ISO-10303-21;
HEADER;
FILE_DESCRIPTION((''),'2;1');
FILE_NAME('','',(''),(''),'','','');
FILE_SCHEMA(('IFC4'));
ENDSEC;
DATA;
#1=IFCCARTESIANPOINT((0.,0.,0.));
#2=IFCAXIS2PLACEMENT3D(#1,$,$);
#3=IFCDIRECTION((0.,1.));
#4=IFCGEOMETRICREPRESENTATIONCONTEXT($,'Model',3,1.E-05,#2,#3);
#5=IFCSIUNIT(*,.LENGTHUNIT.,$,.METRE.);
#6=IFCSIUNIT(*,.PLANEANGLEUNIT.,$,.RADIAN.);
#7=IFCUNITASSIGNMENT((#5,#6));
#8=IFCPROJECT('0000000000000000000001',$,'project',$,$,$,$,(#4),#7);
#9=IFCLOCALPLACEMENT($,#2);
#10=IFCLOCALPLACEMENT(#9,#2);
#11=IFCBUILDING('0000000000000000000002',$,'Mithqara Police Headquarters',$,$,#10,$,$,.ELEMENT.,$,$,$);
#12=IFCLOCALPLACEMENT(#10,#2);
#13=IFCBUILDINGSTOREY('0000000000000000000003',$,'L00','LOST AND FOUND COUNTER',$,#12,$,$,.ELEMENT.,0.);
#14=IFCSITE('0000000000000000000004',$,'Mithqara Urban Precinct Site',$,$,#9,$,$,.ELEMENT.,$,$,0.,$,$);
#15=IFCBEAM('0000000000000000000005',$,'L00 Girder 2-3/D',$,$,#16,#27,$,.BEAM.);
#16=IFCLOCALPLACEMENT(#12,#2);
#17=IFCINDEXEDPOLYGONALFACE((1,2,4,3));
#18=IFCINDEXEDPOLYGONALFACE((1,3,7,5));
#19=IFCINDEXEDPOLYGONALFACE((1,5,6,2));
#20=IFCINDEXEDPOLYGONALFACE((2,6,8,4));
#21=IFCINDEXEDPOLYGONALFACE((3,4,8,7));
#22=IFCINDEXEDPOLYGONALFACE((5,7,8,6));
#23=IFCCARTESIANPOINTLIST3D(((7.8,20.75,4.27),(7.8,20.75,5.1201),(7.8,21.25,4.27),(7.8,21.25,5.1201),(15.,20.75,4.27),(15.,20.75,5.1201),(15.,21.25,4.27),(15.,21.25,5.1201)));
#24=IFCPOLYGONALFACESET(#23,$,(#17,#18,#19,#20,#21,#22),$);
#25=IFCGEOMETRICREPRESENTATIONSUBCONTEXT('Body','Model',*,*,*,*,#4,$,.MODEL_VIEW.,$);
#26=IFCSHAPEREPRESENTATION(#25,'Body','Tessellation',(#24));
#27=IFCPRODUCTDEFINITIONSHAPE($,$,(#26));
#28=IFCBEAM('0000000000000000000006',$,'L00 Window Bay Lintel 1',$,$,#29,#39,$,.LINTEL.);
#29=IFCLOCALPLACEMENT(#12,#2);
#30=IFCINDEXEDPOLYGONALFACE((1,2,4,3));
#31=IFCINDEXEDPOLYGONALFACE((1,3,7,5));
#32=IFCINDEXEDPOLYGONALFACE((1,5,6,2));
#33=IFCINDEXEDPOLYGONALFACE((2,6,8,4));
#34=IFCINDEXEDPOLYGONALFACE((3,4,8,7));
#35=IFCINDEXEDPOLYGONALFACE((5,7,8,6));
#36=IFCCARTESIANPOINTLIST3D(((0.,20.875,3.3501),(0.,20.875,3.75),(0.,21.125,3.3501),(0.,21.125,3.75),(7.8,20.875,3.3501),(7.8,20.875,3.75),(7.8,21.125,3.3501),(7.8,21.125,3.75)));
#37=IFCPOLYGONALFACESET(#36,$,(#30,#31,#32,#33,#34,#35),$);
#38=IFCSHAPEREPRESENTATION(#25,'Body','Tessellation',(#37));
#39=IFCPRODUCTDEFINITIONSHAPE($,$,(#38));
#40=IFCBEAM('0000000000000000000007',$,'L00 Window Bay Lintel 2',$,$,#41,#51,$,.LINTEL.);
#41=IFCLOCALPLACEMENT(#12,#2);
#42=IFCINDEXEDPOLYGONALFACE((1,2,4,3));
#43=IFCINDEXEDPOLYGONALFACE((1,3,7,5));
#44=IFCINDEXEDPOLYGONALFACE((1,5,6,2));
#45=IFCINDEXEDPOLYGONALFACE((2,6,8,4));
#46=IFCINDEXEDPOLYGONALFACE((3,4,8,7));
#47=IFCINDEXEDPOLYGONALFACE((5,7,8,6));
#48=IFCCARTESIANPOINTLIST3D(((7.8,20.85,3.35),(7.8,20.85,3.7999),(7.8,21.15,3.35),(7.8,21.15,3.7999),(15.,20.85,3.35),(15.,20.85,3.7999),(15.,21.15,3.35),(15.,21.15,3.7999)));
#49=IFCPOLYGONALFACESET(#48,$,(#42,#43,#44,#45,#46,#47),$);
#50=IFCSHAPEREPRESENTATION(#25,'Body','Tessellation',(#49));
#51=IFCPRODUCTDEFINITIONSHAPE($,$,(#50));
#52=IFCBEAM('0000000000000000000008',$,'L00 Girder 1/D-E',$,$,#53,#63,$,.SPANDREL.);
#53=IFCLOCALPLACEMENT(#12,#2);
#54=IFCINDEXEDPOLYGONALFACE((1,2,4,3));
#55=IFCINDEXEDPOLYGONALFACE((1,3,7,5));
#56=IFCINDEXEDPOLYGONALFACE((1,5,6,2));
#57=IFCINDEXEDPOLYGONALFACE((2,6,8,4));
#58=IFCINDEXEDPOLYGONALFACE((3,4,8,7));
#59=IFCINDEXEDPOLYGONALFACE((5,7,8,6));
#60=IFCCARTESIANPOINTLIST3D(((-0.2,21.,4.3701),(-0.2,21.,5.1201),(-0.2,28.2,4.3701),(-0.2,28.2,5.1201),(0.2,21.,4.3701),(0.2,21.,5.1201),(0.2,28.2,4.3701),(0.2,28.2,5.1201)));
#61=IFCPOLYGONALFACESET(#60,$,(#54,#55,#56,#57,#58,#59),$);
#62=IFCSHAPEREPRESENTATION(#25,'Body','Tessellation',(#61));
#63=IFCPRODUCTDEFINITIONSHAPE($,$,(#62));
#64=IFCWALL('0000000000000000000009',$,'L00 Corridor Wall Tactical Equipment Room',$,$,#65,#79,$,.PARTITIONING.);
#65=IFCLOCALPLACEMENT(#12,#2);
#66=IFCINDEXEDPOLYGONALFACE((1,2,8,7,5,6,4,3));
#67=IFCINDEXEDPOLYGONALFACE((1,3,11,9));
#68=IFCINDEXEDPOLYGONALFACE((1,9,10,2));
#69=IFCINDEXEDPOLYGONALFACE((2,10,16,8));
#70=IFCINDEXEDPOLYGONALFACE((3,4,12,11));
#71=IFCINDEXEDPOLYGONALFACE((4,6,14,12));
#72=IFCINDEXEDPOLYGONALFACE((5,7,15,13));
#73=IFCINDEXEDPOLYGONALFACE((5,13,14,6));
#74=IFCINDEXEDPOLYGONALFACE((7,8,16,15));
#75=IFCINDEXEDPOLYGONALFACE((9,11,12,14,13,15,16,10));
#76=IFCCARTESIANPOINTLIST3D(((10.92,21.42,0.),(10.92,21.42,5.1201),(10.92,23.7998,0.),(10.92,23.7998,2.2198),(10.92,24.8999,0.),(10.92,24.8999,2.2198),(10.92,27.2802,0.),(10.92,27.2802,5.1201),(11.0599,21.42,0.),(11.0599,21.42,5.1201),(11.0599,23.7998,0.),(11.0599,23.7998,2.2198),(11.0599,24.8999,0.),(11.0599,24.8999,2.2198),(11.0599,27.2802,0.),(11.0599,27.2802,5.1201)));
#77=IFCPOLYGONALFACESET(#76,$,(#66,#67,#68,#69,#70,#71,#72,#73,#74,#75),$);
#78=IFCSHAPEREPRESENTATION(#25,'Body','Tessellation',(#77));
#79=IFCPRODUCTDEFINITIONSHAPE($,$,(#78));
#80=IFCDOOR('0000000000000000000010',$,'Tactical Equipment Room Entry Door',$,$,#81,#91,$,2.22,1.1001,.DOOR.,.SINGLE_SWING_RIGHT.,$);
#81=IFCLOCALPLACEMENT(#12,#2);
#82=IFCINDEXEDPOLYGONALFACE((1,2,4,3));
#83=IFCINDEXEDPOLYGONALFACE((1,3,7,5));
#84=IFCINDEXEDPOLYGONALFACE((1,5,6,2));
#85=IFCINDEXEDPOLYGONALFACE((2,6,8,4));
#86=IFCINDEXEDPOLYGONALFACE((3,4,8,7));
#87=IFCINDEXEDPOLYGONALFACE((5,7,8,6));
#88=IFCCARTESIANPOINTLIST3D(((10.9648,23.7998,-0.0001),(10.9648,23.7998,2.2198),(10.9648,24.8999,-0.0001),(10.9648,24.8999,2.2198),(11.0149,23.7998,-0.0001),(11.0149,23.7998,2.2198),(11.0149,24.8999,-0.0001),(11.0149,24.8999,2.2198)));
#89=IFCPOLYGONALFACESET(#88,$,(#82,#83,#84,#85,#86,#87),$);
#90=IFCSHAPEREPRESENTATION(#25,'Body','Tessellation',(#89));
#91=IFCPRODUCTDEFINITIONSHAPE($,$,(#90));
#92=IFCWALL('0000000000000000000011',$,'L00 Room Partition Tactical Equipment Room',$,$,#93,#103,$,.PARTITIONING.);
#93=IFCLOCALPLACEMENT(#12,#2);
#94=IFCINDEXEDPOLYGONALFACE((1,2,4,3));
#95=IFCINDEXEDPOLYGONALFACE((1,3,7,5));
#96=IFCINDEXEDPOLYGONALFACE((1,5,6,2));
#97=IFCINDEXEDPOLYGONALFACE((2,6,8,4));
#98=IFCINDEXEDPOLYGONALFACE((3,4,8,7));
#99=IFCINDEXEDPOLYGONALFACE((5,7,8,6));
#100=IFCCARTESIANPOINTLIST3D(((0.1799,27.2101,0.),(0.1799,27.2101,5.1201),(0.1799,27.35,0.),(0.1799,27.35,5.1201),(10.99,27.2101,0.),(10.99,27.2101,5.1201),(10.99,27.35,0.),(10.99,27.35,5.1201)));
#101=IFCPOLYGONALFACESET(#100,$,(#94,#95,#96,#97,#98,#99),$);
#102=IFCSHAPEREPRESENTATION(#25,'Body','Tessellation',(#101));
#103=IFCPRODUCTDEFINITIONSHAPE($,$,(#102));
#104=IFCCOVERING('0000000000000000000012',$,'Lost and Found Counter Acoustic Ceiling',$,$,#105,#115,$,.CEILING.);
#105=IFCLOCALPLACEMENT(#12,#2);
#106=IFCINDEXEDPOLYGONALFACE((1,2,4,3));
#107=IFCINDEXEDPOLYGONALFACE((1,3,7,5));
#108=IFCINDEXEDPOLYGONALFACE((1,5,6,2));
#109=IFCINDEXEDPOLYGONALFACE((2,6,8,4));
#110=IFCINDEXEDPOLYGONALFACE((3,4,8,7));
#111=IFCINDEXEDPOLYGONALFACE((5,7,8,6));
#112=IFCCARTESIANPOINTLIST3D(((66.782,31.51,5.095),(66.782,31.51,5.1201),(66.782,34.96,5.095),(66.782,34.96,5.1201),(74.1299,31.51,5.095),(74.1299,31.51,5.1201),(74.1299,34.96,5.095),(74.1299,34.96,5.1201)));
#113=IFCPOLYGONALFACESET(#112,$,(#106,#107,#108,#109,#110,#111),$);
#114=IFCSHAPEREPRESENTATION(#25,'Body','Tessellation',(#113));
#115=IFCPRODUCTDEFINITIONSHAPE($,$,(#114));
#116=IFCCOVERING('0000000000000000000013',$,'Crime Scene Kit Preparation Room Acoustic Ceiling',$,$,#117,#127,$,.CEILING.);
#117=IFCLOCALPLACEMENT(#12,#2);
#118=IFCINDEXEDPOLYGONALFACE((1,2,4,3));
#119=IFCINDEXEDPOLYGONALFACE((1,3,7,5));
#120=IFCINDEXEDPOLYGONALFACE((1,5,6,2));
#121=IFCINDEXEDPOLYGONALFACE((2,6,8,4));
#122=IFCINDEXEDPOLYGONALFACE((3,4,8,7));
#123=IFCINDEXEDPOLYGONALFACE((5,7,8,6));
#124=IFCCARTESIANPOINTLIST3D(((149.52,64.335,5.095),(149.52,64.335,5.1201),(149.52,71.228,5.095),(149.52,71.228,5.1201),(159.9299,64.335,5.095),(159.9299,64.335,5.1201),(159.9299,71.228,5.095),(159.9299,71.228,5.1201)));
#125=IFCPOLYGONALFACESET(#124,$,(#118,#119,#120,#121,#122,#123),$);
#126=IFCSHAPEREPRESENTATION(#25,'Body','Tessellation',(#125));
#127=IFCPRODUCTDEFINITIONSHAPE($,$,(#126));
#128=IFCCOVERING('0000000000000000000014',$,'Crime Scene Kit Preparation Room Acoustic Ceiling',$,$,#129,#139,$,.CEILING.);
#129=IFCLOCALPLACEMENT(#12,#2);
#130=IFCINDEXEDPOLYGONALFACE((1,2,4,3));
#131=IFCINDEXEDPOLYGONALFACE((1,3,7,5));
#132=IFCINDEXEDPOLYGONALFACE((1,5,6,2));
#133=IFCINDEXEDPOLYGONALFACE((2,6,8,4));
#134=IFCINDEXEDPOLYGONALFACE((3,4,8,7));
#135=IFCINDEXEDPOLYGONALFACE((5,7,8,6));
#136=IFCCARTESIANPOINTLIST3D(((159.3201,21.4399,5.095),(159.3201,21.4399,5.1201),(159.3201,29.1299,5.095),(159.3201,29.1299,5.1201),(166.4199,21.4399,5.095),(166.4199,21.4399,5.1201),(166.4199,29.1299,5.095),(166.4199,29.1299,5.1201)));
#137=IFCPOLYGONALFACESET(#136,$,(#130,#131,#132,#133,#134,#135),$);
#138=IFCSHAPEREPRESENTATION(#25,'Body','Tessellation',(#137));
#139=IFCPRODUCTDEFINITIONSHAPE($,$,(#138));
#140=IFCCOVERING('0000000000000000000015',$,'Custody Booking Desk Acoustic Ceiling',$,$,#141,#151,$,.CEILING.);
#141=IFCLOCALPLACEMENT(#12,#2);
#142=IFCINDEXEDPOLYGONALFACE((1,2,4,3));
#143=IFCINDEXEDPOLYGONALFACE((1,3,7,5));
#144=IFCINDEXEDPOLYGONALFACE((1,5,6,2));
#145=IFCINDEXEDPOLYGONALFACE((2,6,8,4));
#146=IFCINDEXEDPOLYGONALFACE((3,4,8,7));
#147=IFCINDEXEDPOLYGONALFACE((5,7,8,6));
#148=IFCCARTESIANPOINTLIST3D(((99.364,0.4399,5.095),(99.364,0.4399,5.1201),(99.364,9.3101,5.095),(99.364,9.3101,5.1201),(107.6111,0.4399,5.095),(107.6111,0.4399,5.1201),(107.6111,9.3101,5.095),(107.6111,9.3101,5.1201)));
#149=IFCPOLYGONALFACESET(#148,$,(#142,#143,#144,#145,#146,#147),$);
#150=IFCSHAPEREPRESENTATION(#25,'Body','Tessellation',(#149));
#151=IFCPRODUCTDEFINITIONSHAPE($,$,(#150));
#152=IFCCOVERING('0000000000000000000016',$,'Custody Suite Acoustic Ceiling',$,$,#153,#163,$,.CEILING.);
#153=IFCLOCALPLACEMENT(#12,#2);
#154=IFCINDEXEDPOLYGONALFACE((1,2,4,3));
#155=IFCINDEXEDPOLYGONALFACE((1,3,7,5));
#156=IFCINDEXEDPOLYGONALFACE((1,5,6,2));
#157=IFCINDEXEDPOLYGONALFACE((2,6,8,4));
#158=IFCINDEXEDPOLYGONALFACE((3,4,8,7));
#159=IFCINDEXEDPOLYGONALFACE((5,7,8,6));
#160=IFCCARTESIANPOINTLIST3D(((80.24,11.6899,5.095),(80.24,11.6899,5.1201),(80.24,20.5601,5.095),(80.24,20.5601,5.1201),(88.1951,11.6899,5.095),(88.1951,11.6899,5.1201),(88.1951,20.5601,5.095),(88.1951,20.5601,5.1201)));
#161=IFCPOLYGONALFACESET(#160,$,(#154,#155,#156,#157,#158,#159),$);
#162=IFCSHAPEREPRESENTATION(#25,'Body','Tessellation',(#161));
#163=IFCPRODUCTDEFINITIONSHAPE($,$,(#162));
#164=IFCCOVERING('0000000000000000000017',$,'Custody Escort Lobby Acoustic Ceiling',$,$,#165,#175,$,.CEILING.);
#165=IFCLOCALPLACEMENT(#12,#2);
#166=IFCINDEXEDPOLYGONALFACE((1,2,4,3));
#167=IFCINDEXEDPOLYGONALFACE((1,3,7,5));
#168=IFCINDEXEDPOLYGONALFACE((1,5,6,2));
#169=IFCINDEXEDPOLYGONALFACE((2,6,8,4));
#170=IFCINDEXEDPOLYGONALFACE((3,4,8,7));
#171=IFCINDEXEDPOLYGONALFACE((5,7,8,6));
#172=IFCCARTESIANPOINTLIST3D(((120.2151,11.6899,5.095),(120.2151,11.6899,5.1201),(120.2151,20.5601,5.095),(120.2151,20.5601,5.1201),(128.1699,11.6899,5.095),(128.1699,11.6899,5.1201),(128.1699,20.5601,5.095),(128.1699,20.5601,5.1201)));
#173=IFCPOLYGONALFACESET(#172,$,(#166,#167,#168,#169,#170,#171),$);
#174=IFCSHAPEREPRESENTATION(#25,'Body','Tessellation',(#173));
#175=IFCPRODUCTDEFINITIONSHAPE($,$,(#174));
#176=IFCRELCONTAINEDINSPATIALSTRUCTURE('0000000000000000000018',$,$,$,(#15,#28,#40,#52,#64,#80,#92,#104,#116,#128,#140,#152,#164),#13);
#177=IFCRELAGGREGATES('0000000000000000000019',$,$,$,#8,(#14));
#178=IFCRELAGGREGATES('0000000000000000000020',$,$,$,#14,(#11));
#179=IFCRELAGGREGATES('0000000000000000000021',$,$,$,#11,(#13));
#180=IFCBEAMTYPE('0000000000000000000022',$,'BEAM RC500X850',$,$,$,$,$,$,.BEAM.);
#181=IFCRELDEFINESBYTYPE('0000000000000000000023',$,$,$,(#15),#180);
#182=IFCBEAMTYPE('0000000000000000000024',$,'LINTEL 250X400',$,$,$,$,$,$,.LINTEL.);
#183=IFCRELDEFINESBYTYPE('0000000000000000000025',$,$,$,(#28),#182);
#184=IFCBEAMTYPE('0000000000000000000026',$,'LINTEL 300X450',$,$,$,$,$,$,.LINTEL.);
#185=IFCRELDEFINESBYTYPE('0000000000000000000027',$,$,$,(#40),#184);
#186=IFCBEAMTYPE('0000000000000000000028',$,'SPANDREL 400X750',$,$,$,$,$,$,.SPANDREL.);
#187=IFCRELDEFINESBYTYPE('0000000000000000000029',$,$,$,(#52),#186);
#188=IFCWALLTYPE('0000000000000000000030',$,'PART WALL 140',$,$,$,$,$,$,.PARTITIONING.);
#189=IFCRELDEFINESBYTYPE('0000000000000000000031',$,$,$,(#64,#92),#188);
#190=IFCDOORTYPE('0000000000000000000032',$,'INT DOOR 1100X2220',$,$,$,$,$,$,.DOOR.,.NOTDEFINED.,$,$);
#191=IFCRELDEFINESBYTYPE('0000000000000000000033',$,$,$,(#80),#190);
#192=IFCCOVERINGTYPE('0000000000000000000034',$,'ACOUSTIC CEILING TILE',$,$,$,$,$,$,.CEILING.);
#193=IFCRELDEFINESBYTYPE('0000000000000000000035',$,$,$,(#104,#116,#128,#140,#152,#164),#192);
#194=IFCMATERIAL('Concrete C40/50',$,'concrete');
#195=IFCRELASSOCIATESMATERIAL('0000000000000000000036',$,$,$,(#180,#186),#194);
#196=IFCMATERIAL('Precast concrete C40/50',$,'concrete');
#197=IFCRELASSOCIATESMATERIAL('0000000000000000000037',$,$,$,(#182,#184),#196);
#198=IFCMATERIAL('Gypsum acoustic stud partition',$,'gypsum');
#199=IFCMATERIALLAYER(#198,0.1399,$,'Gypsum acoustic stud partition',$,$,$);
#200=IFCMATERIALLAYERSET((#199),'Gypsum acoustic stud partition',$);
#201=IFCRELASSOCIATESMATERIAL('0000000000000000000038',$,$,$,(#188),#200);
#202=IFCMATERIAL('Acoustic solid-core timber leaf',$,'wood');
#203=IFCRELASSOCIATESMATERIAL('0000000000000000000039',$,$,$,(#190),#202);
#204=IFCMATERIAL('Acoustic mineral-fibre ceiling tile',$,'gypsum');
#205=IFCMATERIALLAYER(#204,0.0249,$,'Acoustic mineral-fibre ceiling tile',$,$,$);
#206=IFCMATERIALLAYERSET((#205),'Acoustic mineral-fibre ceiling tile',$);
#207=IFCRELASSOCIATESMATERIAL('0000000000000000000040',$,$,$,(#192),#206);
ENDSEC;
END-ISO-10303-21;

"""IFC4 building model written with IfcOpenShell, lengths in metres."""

from ifc_helpers import new_model, si_unit, direction, frame, frame_2d, origin, origin_2d, place, context, subcontext, project, spatial, polyline, rectangle, outline, extrude, material, layer, layer_set, material_profile, profile_set, type_object, element, fill, save


model = new_model("IFC4")

# Units and contexts
model_context = context("Model", 3, precision=1e-05, world=origin(), true_north=direction((0.0, 1.0)))
body_context = subcontext(model_context, "Body", "Model", "MODEL_VIEW")
ifc_project = project(units=[si_unit("LENGTHUNIT", "METRE"), si_unit("PLANEANGLEUNIT", "RADIAN")], contexts=[model_context])

# Site, building, storey
site_placement = place(None, origin())
site = spatial("IfcSite", under=ifc_project, at=site_placement, Name="Mithqara Urban Precinct Site", CompositionType="ELEMENT", RefElevation=0.0)
building_placement = place(site_placement, origin())
building = spatial("IfcBuilding", under=site, at=building_placement, Name="Mithqara Police Headquarters", CompositionType="ELEMENT")
storey_placement = place(building_placement, origin())
storey = spatial("IfcBuildingStorey", under=building, at=storey_placement, Name="L00", Description="LOST AND FOUND COUNTER", CompositionType="ELEMENT", Elevation=0.0)

# Shared definitions
ifc_material_1 = material(Name="Concrete C40/50", Category="concrete")

# Beams
ifc_material_profile_1 = material_profile(ifc_material_1, rectangle(XDim=0.5, YDim=0.8501, at=origin_2d()), Name="RC 500x850")
ifc_profile_set_1 = profile_set([ifc_material_profile_1], Name="Concrete C40/50")
beam_type_1 = type_object("IfcBeamType", Name="BEAM RC500X850", PredefinedType="BEAM", material=ifc_profile_set_1)
beam_1_placement = place(storey_placement, frame((7.8, 21.0, 4.6951), z_axis=(1.0, 0.0, 0.0), x_axis=(0.0, 1.0, 0.0)))
element("IfcBeam", 1, at=beam_1_placement, inside=storey, type_object=beam_type_1, Name="L00 Girder 2-3/D", PredefinedType="BEAM", context=body_context, shape_type="SweptSolid", body=[
    extrude(rectangle(XDim=0.5, YDim=0.8501, at=origin_2d()), origin(), (0.0, 0.0, 1.0), 7.2),
])
ifc_material_2 = material(Name="Precast concrete C40/50", Category="concrete")
ifc_material_profile_2 = material_profile(ifc_material_2, rectangle(XDim=0.25, YDim=0.3999, at=origin_2d()), Name="LIN 250x400")
ifc_profile_set_2 = profile_set([ifc_material_profile_2], Name="Precast concrete C40/50")
beam_type_2 = type_object("IfcBeamType", Name="LINTEL 250X400", PredefinedType="LINTEL", material=ifc_profile_set_2)
beam_2_placement = place(storey_placement, frame((0.0, 21.0, 3.55), z_axis=(1.0, 0.0, 0.0), x_axis=(0.0, 1.0, 0.0)))
element("IfcBeam", 2, at=beam_2_placement, inside=storey, type_object=beam_type_2, Name="L00 Window Bay Lintel 1", PredefinedType="LINTEL", context=body_context, shape_type="SweptSolid", body=[
    extrude(rectangle(XDim=0.25, YDim=0.3999, at=origin_2d()), origin(), (0.0, 0.0, 1.0), 7.8),
])
ifc_material_profile_3 = material_profile(ifc_material_2, rectangle(XDim=0.3, YDim=0.45, at=origin_2d()), Name="LIN 300x450")
ifc_profile_set_3 = profile_set([ifc_material_profile_3], Name="Precast concrete C40/50")
beam_type_3 = type_object("IfcBeamType", Name="LINTEL 300X450", PredefinedType="LINTEL", material=ifc_profile_set_3)
beam_3_placement = place(storey_placement, frame((7.8, 21.0, 3.575), z_axis=(1.0, 0.0, 0.0), x_axis=(0.0, 1.0, 0.0)))
element("IfcBeam", 3, at=beam_3_placement, inside=storey, type_object=beam_type_3, Name="L00 Window Bay Lintel 2", PredefinedType="LINTEL", context=body_context, shape_type="SweptSolid", body=[
    extrude(rectangle(XDim=0.3, YDim=0.45, at=origin_2d()), origin(), (0.0, 0.0, 1.0), 7.2),
])
ifc_material_profile_4 = material_profile(ifc_material_1, rectangle(XDim=0.3999, YDim=0.75, at=origin_2d()), Name="SPB 400x750")
ifc_profile_set_4 = profile_set([ifc_material_profile_4], Name="Concrete C40/50")
beam_type_4 = type_object("IfcBeamType", Name="SPANDREL 400X750", PredefinedType="SPANDREL", material=ifc_profile_set_4)
beam_4_placement = place(storey_placement, frame((0.0, 21.0, 4.7451), z_axis=(0.0, 1.0, 0.0), x_axis=(-1.0, 0.0, 0.0)))
element("IfcBeam", 4, at=beam_4_placement, inside=storey, type_object=beam_type_4, Name="L00 Girder 1/D-E", PredefinedType="SPANDREL", context=body_context, shape_type="SweptSolid", body=[
    extrude(rectangle(XDim=0.3999, YDim=0.75, at=origin_2d()), origin(), (0.0, 0.0, 1.0), 7.2),
])

# Wall, opening, door
ifc_material_3 = material(Name="Gypsum acoustic stud partition", Category="gypsum")
ifc_layer_1 = layer(ifc_material_3, 0.1399, Name="Gypsum acoustic stud partition")
ifc_layer_set_1 = layer_set([ifc_layer_1], Name="Gypsum acoustic stud partition")
wall_type = type_object("IfcWallType", Name="PART WALL 140", PredefinedType="PARTITIONING", material=ifc_layer_set_1)
wall_1_placement = place(storey_placement, frame((10.99, 21.4199, 0.0), z_axis=(0.0, 0.0, 1.0), x_axis=(0.0, 1.0, 0.0)))
wall_1 = element("IfcWall", 5, at=wall_1_placement, inside=storey, type_object=wall_type, Name="L00 Corridor Wall Tactical Equipment Room", PredefinedType="PARTITIONING", context=body_context, shape_type="SweptSolid", body=[
    extrude(rectangle(XDim=5.8601, YDim=0.1399, at=frame_2d((2.9302, 0.0))), origin(), (0.0, 0.0, 1.0), 5.1201),
])
opening_placement = place(wall_1_placement, frame((2.3799, 0.0, 0.0)))
opening = element("IfcOpeningElement", 6, at=opening_placement, cuts=wall_1, PredefinedType="OPENING", context=body_context, shape_type="SweptSolid", body=[
    extrude(rectangle(XDim=1.1001, YDim=2.22, at=frame_2d((0.55, 1.1099))), frame((0.0, 0.0801, 0.0), z_axis=(0.0, -1.0, 0.0), x_axis=(1.0, 0.0, 0.0)), (0.0, 0.0, 1.0), 0.1599),
])
ifc_material_4 = material(Name="Acoustic solid-core timber leaf", Category="wood")
door_type = type_object("IfcDoorType", Name="INT DOOR 1100X2220", OperationType="NOTDEFINED", PredefinedType="DOOR", material=ifc_material_4)
door_placement = place(opening_placement, frame((1.1001, 0.0, 0.0), z_axis=(0.0, 0.0, 1.0), x_axis=(-1.0, 0.0, 0.0)))
door = element("IfcDoor", 7, at=door_placement, inside=storey, type_object=door_type, Name="Tactical Equipment Room Entry Door", OperationType="SINGLE_SWING_RIGHT", OverallHeight=2.22, OverallWidth=1.1001, PredefinedType="DOOR", context=body_context, shape_type="SweptSolid", body=[
    extrude(rectangle(XDim=1.1001, YDim=2.22, at=frame_2d((0.55, 1.1099))), frame((0.0, 0.0249, 0.0), z_axis=(0.0, -1.0, 0.0), x_axis=(1.0, 0.0, 0.0)), (0.0, 0.0, 1.0), 0.05),
])
fill(opening, door)

# Wall
wall_2_placement = place(storey_placement, frame((0.1799, 27.28, 0.0), z_axis=(0.0, 0.0, 1.0), x_axis=(1.0, 0.0, 0.0)))
element("IfcWall", 8, at=wall_2_placement, inside=storey, type_object=wall_type, Name="L00 Room Partition Tactical Equipment Room", PredefinedType="PARTITIONING", context=body_context, shape_type="SweptSolid", body=[
    extrude(rectangle(XDim=10.8101, YDim=0.1399, at=frame_2d((5.405, 0.0))), origin(), (0.0, 0.0, 1.0), 5.1201),
])

# Coverings
ifc_material_5 = material(Name="Acoustic mineral-fibre ceiling tile", Category="gypsum")
ifc_layer_2 = layer(ifc_material_5, 0.0249, Name="Acoustic mineral-fibre ceiling tile")
ifc_layer_set_2 = layer_set([ifc_layer_2], Name="Acoustic mineral-fibre ceiling tile")
covering_type_1 = type_object("IfcCoveringType", Name="ACOUSTIC CEILING TILE", PredefinedType="CEILING", material=ifc_layer_set_2)
covering_1_placement = place(storey_placement, frame((0.0, 0.0, 5.095)))
element("IfcCovering", 9, at=covering_1_placement, inside=storey, type_object=covering_type_1, Name="Lost and Found Counter Acoustic Ceiling", PredefinedType="CEILING", context=body_context, shape_type="SweptSolid", body=[
    extrude(outline(polyline([(66.782, 31.51), (74.1299, 31.51), (74.1299, 34.96), (66.782, 34.96), (66.782, 31.51)])), origin(), (0.0, 0.0, 1.0), 0.0251),
])
covering_2_placement = place(storey_placement, frame((0.0, 0.0, 5.095)))
element("IfcCovering", 10, at=covering_2_placement, inside=storey, type_object=covering_type_1, Name="Crime Scene Kit Preparation Room Acoustic Ceiling", PredefinedType="CEILING", context=body_context, shape_type="SweptSolid", body=[
    extrude(outline(polyline([(149.52, 64.335), (159.9299, 64.335), (159.9299, 71.228), (149.52, 71.228), (149.52, 64.335)])), origin(), (0.0, 0.0, 1.0), 0.0251),
])
covering_3_placement = place(storey_placement, frame((0.0, 0.0, 5.095)))
element("IfcCovering", 11, at=covering_3_placement, inside=storey, type_object=covering_type_1, Name="Crime Scene Kit Preparation Room Acoustic Ceiling", PredefinedType="CEILING", context=body_context, shape_type="SweptSolid", body=[
    extrude(outline(polyline([(159.3201, 21.4399), (166.4199, 21.4399), (166.4199, 29.1299), (159.3201, 29.1299), (159.3201, 21.4399)])), origin(), (0.0, 0.0, 1.0), 0.0251),
])
covering_4_placement = place(storey_placement, frame((0.0, 0.0, 5.095)))
element("IfcCovering", 12, at=covering_4_placement, inside=storey, type_object=covering_type_1, Name="Custody Booking Desk Acoustic Ceiling", PredefinedType="CEILING", context=body_context, shape_type="SweptSolid", body=[
    extrude(outline(polyline([(99.364, 0.4399), (107.6111, 0.4399), (107.6111, 9.3101), (99.364, 9.3101), (99.364, 0.4399)])), origin(), (0.0, 0.0, 1.0), 0.0251),
])
covering_5_placement = place(storey_placement, frame((0.0, 0.0, 5.095)))
element("IfcCovering", 13, at=covering_5_placement, inside=storey, type_object=covering_type_1, Name="Custody Suite Acoustic Ceiling", PredefinedType="CEILING", context=body_context, shape_type="SweptSolid", body=[
    extrude(outline(polyline([(80.24, 11.6899), (88.1951, 11.6899), (88.1951, 20.5601), (80.24, 20.5601), (80.24, 11.6899)])), origin(), (0.0, 0.0, 1.0), 0.0251),
])
covering_6_placement = place(storey_placement, frame((0.0, 0.0, 5.095)))
element("IfcCovering", 14, at=covering_6_placement, inside=storey, type_object=covering_type_1, Name="Custody Escort Lobby Acoustic Ceiling", PredefinedType="CEILING", context=body_context, shape_type="SweptSolid", body=[
    extrude(outline(polyline([(120.2151, 11.6899), (128.1699, 11.6899), (128.1699, 20.5601), (120.2151, 20.5601), (120.2151, 11.6899)])), origin(), (0.0, 0.0, 1.0), 0.0251),
])

save(model, "model.ifc")
